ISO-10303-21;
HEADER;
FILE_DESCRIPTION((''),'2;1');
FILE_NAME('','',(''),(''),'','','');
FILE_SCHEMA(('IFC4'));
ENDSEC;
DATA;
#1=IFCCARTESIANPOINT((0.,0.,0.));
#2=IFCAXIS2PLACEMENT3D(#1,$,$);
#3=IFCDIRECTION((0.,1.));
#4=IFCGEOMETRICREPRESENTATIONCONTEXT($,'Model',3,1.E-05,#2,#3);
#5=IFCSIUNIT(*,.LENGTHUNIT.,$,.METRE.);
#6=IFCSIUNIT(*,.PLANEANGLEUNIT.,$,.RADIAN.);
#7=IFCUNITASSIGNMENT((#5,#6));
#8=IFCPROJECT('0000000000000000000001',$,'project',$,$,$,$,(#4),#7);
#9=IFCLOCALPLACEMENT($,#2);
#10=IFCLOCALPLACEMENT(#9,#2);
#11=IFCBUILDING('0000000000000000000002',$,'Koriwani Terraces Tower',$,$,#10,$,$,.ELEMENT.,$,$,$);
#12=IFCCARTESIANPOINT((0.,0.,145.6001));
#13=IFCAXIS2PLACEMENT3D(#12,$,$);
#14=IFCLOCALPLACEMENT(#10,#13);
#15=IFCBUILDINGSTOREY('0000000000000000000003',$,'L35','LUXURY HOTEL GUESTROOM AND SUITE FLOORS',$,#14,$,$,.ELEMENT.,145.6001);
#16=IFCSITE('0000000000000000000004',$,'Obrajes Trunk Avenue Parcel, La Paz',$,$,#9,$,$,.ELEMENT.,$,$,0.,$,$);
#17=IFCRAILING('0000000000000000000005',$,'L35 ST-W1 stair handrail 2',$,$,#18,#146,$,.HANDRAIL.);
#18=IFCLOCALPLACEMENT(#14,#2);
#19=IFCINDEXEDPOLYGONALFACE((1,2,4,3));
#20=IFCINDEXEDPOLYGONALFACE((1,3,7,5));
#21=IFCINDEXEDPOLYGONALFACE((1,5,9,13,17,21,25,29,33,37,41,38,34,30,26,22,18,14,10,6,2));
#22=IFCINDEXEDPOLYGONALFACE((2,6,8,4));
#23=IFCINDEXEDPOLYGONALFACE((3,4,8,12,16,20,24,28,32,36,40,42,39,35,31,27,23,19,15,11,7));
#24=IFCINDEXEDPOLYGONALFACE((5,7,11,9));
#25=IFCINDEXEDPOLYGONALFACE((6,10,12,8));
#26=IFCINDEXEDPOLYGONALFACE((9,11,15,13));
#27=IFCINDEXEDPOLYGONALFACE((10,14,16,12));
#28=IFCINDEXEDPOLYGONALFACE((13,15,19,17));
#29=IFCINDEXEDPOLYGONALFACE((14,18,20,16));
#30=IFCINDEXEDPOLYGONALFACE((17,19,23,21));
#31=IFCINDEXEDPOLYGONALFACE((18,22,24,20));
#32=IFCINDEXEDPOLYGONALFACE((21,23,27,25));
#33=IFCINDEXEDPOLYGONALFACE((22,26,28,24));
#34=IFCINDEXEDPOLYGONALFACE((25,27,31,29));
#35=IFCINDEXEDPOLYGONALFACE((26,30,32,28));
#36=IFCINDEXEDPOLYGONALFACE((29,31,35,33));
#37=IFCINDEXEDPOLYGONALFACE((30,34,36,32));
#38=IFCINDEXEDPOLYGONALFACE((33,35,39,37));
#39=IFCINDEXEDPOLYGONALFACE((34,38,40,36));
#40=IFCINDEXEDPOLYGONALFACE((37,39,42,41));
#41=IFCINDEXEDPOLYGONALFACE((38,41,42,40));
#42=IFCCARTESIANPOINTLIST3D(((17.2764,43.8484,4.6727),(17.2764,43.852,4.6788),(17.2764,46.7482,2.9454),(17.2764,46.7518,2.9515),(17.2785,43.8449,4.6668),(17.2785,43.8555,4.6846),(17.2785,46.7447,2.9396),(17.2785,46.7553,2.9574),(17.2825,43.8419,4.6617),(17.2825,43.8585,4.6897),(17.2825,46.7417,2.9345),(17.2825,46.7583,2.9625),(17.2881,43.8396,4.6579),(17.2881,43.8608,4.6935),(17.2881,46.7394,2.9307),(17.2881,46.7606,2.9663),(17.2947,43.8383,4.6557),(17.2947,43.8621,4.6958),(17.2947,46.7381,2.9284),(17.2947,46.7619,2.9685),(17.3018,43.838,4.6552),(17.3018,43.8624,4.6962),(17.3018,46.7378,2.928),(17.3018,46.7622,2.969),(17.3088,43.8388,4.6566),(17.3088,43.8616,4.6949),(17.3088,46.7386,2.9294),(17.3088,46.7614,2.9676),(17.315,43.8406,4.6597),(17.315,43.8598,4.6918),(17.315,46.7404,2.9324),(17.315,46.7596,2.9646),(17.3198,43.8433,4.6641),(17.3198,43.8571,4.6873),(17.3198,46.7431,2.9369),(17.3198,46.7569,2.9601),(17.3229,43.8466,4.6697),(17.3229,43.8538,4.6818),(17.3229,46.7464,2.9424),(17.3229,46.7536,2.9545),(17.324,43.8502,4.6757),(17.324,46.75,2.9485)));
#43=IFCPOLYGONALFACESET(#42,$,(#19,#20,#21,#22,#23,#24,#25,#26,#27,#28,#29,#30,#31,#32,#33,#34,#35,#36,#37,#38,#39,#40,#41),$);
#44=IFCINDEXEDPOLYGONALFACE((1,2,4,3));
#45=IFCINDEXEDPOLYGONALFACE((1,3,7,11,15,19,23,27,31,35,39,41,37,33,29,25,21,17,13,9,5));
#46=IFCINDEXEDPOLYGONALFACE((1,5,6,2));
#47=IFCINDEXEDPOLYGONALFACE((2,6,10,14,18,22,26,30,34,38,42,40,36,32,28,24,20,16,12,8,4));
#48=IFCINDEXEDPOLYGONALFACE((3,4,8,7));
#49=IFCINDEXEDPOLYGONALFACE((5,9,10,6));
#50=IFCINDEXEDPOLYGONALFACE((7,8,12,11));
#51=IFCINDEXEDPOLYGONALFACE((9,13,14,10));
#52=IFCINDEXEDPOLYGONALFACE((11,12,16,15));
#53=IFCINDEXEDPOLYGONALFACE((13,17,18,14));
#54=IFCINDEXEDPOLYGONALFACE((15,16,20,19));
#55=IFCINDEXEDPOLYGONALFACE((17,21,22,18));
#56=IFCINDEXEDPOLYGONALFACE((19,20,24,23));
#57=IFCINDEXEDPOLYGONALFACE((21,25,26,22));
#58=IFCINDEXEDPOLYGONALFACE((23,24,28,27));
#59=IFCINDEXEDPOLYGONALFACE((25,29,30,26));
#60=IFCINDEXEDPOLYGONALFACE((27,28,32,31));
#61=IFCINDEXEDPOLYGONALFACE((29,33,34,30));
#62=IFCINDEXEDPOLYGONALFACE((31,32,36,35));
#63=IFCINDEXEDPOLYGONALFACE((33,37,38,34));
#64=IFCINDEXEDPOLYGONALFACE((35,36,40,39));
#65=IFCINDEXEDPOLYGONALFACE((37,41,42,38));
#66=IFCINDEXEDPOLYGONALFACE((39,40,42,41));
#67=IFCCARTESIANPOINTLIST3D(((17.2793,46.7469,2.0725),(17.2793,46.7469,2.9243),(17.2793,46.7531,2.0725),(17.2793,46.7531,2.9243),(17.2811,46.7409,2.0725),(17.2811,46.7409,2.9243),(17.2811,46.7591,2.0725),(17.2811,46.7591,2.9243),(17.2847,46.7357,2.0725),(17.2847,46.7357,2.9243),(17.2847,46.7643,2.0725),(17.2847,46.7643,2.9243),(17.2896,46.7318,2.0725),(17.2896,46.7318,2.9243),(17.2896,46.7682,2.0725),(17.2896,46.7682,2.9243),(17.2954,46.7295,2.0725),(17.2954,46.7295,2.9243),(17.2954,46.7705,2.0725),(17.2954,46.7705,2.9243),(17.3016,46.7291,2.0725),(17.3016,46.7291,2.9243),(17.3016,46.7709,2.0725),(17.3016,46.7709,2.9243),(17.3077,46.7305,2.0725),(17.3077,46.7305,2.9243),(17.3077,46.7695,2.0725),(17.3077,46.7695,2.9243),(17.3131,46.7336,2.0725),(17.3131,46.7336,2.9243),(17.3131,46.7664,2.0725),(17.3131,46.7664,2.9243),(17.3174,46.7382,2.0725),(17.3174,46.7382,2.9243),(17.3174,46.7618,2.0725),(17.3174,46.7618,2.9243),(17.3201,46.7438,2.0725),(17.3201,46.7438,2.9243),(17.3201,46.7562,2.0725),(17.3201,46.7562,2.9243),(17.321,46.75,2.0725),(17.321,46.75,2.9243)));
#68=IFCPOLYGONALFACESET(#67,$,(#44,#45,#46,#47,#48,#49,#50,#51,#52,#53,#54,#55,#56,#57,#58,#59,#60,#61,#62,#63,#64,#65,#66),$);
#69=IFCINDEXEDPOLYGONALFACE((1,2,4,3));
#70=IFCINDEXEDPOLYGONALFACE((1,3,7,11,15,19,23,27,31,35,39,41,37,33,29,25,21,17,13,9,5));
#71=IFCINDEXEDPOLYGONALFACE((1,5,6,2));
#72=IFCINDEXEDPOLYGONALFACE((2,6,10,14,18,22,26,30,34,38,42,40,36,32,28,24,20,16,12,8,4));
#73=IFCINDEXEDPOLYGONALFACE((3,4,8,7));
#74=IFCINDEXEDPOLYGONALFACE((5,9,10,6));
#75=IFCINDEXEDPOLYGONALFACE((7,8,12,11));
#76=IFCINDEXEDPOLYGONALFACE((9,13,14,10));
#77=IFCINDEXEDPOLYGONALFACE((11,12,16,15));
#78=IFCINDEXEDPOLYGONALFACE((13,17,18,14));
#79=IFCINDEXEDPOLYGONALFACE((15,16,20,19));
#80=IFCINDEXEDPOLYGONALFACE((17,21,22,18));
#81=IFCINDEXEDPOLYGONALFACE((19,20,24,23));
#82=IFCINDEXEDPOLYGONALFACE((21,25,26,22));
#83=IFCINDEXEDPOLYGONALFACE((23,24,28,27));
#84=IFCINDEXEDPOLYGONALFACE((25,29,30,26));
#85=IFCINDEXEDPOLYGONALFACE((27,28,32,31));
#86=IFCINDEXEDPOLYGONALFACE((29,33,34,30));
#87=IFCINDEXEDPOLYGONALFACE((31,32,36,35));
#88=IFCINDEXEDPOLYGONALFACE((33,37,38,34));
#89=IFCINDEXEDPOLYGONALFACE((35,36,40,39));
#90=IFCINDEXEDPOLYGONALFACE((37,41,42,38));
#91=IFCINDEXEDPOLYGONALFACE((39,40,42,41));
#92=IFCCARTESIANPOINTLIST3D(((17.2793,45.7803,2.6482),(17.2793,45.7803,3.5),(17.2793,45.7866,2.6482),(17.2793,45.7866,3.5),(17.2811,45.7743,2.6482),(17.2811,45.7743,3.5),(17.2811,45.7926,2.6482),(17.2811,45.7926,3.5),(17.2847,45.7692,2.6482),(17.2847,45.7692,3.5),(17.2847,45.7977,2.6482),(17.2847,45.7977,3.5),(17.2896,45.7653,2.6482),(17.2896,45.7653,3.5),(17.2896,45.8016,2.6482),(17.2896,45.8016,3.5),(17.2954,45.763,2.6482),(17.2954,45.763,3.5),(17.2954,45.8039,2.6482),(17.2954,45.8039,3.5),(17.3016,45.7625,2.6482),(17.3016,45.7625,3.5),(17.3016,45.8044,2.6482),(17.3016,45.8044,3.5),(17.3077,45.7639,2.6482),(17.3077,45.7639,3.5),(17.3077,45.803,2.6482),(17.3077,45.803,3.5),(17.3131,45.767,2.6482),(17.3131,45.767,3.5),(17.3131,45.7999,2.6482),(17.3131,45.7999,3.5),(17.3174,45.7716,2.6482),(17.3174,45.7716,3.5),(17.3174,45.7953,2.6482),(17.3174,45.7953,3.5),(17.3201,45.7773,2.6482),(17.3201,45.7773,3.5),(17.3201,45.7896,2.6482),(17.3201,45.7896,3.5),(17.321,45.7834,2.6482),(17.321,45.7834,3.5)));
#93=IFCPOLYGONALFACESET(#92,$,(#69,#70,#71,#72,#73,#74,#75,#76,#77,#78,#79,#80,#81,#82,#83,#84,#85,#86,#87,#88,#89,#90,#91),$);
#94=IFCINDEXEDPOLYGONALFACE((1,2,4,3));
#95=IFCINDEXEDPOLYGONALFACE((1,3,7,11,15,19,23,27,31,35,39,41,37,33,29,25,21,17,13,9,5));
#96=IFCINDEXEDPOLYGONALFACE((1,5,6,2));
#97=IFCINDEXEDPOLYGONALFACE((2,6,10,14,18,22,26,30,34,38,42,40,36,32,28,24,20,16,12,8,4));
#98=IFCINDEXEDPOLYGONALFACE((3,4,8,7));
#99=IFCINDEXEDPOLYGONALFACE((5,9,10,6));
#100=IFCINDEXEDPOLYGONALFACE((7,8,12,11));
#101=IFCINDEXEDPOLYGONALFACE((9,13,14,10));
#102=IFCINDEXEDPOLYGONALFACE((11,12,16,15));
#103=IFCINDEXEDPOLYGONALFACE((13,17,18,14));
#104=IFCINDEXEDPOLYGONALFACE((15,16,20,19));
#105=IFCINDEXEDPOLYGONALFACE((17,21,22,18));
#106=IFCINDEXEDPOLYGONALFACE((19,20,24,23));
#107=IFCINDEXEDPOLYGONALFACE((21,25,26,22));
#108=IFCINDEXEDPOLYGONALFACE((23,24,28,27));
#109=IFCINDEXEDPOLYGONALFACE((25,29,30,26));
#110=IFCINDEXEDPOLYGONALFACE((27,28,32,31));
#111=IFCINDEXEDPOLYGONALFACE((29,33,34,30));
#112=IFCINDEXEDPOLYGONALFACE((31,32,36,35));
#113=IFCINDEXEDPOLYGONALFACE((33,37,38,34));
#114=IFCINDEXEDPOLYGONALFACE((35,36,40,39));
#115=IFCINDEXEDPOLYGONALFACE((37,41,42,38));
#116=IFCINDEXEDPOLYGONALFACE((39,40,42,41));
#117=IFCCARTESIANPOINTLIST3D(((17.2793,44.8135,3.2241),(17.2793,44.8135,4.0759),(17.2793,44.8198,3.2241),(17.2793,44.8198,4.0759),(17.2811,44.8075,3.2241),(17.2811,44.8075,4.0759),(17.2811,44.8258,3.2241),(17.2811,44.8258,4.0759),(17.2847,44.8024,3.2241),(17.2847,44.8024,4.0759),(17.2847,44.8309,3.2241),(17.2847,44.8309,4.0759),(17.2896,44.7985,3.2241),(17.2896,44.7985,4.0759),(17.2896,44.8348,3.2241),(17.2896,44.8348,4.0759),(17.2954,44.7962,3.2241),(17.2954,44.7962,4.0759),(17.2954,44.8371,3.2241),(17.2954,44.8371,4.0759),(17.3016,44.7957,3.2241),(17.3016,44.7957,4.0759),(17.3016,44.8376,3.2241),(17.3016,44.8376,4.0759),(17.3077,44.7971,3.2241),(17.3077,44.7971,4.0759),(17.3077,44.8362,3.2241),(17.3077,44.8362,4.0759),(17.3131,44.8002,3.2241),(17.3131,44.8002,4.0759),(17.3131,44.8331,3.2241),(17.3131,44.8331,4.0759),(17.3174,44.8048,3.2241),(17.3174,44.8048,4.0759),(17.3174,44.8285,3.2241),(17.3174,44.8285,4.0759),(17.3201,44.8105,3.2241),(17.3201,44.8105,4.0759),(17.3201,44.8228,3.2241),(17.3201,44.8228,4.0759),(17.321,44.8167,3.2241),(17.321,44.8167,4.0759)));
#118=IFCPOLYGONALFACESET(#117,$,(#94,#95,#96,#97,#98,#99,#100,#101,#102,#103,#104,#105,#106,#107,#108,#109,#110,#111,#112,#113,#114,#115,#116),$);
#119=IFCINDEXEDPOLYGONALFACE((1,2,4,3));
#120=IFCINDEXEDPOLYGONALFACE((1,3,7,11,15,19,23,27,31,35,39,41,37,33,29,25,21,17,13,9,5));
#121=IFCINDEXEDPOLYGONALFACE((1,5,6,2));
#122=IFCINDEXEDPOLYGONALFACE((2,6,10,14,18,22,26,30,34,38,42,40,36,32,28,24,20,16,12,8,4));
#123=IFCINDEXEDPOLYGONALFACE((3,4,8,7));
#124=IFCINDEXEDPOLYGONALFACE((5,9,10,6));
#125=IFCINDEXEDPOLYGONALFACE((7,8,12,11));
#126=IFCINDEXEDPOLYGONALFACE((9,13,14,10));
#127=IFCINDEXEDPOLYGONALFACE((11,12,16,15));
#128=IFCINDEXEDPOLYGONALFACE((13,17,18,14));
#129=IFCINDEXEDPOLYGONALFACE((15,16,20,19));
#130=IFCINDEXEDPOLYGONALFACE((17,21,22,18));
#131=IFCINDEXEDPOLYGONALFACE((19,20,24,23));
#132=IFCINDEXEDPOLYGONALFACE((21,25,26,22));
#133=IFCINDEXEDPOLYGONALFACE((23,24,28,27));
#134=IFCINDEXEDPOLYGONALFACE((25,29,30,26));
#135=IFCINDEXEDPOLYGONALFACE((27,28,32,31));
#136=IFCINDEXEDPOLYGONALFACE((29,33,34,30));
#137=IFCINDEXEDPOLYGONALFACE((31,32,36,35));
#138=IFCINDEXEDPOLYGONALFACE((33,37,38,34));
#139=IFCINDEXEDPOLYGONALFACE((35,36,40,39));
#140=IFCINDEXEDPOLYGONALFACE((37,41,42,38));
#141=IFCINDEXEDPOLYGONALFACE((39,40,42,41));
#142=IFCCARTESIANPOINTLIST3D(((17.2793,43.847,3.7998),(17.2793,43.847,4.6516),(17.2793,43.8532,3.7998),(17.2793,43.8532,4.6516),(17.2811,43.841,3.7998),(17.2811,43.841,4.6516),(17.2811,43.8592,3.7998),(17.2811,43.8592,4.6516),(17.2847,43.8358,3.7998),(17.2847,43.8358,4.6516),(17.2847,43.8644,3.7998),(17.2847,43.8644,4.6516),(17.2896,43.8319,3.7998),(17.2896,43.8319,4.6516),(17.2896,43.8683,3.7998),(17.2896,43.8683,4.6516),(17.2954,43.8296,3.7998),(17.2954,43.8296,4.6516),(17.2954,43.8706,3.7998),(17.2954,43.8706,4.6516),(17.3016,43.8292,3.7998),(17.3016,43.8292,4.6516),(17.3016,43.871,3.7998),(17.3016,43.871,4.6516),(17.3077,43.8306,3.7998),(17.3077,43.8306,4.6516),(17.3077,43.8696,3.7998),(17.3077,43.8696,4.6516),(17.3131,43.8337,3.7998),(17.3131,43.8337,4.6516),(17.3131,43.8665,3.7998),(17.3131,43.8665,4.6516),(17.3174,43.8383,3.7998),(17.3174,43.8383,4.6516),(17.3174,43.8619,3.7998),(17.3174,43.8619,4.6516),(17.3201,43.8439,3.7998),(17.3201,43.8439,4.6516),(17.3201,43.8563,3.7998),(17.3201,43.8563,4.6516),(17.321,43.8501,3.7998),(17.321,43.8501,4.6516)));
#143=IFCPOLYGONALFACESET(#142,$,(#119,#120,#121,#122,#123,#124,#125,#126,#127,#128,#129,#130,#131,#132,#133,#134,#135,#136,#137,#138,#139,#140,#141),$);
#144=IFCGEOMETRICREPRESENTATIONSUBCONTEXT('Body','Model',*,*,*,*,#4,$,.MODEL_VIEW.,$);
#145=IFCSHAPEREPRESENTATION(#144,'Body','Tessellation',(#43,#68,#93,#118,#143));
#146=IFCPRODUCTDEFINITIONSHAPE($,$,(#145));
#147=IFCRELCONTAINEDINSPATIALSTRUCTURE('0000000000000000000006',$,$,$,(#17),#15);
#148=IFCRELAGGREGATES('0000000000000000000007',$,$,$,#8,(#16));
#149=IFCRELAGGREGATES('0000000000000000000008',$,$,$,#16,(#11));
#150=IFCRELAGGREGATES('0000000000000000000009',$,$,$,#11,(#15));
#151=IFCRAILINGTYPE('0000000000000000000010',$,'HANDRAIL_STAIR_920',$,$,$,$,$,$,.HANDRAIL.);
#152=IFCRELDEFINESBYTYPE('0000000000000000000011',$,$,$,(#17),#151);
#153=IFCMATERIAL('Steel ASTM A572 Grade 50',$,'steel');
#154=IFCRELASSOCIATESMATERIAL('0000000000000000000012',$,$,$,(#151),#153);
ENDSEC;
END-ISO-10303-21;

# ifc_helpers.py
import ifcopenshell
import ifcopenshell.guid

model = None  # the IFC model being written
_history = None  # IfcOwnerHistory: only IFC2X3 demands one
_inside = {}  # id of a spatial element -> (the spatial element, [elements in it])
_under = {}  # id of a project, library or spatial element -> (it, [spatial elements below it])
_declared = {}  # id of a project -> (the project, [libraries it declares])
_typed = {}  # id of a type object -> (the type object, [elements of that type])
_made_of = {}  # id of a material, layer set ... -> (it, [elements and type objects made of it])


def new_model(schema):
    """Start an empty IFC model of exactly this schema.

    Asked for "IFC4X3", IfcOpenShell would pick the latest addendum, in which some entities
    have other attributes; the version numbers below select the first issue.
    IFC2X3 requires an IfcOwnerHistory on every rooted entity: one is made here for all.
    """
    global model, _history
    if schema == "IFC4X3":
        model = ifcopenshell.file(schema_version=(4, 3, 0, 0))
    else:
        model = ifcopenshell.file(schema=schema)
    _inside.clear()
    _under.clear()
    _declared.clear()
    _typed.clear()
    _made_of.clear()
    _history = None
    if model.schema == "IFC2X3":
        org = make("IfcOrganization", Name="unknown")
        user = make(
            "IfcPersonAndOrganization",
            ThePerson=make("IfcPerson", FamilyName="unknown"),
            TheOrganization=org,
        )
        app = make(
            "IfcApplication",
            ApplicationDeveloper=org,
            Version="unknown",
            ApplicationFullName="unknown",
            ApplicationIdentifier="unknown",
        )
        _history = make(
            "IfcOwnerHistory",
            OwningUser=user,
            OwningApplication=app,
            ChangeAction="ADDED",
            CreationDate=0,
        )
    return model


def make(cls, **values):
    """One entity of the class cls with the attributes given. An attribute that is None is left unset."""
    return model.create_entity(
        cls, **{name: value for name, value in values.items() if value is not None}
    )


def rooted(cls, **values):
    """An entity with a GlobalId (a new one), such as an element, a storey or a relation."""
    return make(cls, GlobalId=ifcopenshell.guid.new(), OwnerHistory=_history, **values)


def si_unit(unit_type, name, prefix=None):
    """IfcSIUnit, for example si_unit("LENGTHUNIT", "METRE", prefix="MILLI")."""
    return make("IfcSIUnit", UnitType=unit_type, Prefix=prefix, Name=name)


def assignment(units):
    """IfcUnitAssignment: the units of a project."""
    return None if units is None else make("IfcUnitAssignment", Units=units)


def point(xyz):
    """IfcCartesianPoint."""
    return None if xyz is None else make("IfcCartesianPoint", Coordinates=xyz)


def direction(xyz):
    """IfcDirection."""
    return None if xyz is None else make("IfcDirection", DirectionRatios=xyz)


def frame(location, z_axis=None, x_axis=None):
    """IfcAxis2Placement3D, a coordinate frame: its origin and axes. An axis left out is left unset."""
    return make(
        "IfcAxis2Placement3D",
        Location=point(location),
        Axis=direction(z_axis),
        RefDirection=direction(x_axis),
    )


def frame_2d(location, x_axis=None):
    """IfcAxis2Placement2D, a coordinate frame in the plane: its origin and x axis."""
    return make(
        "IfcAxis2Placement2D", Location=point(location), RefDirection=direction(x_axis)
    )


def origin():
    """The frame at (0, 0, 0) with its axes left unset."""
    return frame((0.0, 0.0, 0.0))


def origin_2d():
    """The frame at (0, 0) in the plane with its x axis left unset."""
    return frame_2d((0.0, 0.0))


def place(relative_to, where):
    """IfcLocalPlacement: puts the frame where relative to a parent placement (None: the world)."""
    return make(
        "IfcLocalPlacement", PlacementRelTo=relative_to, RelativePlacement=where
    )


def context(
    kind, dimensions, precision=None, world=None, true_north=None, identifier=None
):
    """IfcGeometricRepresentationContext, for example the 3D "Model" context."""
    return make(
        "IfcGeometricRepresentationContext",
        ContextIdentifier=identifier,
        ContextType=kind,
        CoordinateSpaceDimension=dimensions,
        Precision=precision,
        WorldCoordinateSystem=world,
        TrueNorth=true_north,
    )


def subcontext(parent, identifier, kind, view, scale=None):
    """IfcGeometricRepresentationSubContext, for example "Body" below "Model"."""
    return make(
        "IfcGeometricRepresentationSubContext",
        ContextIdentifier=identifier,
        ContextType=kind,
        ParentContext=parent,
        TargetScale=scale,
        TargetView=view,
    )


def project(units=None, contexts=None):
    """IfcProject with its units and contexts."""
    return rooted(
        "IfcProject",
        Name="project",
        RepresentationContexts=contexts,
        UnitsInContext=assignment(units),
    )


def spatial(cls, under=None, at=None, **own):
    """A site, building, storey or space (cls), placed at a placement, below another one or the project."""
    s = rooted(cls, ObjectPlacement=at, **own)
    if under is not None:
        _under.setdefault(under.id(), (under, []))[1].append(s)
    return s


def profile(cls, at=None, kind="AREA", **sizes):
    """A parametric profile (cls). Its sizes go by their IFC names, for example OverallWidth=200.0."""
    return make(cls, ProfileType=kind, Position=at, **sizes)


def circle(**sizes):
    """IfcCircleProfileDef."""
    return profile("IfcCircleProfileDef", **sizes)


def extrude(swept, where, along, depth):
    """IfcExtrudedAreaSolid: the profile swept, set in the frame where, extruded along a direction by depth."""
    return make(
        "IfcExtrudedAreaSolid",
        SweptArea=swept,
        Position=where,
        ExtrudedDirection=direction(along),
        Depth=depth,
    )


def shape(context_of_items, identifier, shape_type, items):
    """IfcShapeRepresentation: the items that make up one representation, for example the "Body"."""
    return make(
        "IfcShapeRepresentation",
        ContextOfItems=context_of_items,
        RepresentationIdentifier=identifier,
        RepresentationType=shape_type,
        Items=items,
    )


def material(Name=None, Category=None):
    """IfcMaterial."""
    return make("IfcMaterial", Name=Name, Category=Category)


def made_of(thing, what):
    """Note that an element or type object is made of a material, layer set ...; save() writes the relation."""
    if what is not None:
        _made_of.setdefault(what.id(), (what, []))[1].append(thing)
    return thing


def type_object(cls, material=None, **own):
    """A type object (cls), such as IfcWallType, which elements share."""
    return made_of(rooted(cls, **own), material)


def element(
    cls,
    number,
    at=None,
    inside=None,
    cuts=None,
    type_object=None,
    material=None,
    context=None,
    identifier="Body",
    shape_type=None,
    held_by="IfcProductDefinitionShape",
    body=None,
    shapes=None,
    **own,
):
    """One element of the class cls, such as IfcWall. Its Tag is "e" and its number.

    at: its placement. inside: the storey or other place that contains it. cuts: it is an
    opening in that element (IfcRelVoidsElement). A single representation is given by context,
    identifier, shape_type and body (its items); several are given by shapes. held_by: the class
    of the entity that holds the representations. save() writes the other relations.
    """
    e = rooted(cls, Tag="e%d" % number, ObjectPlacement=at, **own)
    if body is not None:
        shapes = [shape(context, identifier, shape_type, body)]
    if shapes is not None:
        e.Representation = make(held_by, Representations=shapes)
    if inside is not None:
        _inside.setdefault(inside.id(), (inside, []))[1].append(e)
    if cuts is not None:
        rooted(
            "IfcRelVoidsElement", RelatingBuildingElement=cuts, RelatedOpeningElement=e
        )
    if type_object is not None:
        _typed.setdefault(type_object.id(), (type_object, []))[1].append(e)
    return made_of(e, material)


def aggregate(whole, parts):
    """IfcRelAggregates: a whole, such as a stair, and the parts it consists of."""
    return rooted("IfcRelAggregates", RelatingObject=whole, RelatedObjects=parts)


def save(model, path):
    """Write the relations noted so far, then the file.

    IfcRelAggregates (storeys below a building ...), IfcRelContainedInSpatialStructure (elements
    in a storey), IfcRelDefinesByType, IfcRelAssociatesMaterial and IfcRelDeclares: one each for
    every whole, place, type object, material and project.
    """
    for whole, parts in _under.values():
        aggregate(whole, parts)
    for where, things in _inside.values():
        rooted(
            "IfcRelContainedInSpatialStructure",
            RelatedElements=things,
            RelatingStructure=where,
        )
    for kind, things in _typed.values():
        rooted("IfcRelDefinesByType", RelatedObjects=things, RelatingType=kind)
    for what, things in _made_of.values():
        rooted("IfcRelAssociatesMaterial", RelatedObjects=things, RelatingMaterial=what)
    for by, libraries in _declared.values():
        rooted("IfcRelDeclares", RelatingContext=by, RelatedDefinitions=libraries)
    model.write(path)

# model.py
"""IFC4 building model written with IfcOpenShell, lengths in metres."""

from ifc_helpers import new_model, si_unit, direction, frame, origin, origin_2d, place, context, subcontext, project, spatial, circle, extrude, material, type_object, element, save


model = new_model("IFC4")

# Units and contexts
model_context = context("Model", 3, precision=1e-05, world=origin(), true_north=direction((0.0, 1.0)))
body_context = subcontext(model_context, "Body", "Model", "MODEL_VIEW")
ifc_project = project(units=[si_unit("LENGTHUNIT", "METRE"), si_unit("PLANEANGLEUNIT", "RADIAN")], contexts=[model_context])

# Site, building, storey
site_placement = place(None, origin())
site = spatial("IfcSite", under=ifc_project, at=site_placement, Name="Obrajes Trunk Avenue Parcel, La Paz", CompositionType="ELEMENT", RefElevation=0.0)
building_placement = place(site_placement, origin())
building = spatial("IfcBuilding", under=site, at=building_placement, Name="Koriwani Terraces Tower", CompositionType="ELEMENT")
storey_placement = place(building_placement, frame((0.0, 0.0, 145.6001)))
storey = spatial("IfcBuildingStorey", under=building, at=storey_placement, Name="L35", Description="LUXURY HOTEL GUESTROOM AND SUITE FLOORS", CompositionType="ELEMENT", Elevation=145.6001)

# Shared definitions
ifc_material_1 = material(Name="Steel ASTM A572 Grade 50", Category="steel")

# Railing
railing_type_1 = type_object("IfcRailingType", Name="HANDRAIL_STAIR_920", PredefinedType="HANDRAIL", material=ifc_material_1)
for number, where, name in (
    (1, (17.3, 46.75, 2.0725), "L35 ST-W1 stair handrail 2"),
):
    element("IfcRailing", number, at=place(storey_placement, frame(where)), inside=storey, type_object=railing_type_1, Name=name, PredefinedType="HANDRAIL", context=body_context, shape_type="SweptSolid", body=[
        extrude(circle(Radius=0.0239, at=origin_2d()), frame((0.0, 0.0, 0.876), z_axis=(0.0, -0.859141, 0.511738), x_axis=(1.0, 0.0, 0.0)), (0.0, 0.0, 1.0), 3.3752),
        extrude(circle(Radius=0.021, at=origin_2d()), origin(), (0.0, 0.0, 1.0), 0.8518),
        extrude(circle(Radius=0.021, at=origin_2d()), frame((0.0, -0.9666, 0.5757)), (0.0, 0.0, 1.0), 0.8518),
        extrude(circle(Radius=0.021, at=origin_2d()), frame((0.0, -1.9333, 1.1516)), (0.0, 0.0, 1.0), 0.8518),
        extrude(circle(Radius=0.021, at=origin_2d()), frame((0.0, -2.8999, 1.7273)), (0.0, 0.0, 1.0), 0.8518),
    ])

save(model, "model.ifc")
